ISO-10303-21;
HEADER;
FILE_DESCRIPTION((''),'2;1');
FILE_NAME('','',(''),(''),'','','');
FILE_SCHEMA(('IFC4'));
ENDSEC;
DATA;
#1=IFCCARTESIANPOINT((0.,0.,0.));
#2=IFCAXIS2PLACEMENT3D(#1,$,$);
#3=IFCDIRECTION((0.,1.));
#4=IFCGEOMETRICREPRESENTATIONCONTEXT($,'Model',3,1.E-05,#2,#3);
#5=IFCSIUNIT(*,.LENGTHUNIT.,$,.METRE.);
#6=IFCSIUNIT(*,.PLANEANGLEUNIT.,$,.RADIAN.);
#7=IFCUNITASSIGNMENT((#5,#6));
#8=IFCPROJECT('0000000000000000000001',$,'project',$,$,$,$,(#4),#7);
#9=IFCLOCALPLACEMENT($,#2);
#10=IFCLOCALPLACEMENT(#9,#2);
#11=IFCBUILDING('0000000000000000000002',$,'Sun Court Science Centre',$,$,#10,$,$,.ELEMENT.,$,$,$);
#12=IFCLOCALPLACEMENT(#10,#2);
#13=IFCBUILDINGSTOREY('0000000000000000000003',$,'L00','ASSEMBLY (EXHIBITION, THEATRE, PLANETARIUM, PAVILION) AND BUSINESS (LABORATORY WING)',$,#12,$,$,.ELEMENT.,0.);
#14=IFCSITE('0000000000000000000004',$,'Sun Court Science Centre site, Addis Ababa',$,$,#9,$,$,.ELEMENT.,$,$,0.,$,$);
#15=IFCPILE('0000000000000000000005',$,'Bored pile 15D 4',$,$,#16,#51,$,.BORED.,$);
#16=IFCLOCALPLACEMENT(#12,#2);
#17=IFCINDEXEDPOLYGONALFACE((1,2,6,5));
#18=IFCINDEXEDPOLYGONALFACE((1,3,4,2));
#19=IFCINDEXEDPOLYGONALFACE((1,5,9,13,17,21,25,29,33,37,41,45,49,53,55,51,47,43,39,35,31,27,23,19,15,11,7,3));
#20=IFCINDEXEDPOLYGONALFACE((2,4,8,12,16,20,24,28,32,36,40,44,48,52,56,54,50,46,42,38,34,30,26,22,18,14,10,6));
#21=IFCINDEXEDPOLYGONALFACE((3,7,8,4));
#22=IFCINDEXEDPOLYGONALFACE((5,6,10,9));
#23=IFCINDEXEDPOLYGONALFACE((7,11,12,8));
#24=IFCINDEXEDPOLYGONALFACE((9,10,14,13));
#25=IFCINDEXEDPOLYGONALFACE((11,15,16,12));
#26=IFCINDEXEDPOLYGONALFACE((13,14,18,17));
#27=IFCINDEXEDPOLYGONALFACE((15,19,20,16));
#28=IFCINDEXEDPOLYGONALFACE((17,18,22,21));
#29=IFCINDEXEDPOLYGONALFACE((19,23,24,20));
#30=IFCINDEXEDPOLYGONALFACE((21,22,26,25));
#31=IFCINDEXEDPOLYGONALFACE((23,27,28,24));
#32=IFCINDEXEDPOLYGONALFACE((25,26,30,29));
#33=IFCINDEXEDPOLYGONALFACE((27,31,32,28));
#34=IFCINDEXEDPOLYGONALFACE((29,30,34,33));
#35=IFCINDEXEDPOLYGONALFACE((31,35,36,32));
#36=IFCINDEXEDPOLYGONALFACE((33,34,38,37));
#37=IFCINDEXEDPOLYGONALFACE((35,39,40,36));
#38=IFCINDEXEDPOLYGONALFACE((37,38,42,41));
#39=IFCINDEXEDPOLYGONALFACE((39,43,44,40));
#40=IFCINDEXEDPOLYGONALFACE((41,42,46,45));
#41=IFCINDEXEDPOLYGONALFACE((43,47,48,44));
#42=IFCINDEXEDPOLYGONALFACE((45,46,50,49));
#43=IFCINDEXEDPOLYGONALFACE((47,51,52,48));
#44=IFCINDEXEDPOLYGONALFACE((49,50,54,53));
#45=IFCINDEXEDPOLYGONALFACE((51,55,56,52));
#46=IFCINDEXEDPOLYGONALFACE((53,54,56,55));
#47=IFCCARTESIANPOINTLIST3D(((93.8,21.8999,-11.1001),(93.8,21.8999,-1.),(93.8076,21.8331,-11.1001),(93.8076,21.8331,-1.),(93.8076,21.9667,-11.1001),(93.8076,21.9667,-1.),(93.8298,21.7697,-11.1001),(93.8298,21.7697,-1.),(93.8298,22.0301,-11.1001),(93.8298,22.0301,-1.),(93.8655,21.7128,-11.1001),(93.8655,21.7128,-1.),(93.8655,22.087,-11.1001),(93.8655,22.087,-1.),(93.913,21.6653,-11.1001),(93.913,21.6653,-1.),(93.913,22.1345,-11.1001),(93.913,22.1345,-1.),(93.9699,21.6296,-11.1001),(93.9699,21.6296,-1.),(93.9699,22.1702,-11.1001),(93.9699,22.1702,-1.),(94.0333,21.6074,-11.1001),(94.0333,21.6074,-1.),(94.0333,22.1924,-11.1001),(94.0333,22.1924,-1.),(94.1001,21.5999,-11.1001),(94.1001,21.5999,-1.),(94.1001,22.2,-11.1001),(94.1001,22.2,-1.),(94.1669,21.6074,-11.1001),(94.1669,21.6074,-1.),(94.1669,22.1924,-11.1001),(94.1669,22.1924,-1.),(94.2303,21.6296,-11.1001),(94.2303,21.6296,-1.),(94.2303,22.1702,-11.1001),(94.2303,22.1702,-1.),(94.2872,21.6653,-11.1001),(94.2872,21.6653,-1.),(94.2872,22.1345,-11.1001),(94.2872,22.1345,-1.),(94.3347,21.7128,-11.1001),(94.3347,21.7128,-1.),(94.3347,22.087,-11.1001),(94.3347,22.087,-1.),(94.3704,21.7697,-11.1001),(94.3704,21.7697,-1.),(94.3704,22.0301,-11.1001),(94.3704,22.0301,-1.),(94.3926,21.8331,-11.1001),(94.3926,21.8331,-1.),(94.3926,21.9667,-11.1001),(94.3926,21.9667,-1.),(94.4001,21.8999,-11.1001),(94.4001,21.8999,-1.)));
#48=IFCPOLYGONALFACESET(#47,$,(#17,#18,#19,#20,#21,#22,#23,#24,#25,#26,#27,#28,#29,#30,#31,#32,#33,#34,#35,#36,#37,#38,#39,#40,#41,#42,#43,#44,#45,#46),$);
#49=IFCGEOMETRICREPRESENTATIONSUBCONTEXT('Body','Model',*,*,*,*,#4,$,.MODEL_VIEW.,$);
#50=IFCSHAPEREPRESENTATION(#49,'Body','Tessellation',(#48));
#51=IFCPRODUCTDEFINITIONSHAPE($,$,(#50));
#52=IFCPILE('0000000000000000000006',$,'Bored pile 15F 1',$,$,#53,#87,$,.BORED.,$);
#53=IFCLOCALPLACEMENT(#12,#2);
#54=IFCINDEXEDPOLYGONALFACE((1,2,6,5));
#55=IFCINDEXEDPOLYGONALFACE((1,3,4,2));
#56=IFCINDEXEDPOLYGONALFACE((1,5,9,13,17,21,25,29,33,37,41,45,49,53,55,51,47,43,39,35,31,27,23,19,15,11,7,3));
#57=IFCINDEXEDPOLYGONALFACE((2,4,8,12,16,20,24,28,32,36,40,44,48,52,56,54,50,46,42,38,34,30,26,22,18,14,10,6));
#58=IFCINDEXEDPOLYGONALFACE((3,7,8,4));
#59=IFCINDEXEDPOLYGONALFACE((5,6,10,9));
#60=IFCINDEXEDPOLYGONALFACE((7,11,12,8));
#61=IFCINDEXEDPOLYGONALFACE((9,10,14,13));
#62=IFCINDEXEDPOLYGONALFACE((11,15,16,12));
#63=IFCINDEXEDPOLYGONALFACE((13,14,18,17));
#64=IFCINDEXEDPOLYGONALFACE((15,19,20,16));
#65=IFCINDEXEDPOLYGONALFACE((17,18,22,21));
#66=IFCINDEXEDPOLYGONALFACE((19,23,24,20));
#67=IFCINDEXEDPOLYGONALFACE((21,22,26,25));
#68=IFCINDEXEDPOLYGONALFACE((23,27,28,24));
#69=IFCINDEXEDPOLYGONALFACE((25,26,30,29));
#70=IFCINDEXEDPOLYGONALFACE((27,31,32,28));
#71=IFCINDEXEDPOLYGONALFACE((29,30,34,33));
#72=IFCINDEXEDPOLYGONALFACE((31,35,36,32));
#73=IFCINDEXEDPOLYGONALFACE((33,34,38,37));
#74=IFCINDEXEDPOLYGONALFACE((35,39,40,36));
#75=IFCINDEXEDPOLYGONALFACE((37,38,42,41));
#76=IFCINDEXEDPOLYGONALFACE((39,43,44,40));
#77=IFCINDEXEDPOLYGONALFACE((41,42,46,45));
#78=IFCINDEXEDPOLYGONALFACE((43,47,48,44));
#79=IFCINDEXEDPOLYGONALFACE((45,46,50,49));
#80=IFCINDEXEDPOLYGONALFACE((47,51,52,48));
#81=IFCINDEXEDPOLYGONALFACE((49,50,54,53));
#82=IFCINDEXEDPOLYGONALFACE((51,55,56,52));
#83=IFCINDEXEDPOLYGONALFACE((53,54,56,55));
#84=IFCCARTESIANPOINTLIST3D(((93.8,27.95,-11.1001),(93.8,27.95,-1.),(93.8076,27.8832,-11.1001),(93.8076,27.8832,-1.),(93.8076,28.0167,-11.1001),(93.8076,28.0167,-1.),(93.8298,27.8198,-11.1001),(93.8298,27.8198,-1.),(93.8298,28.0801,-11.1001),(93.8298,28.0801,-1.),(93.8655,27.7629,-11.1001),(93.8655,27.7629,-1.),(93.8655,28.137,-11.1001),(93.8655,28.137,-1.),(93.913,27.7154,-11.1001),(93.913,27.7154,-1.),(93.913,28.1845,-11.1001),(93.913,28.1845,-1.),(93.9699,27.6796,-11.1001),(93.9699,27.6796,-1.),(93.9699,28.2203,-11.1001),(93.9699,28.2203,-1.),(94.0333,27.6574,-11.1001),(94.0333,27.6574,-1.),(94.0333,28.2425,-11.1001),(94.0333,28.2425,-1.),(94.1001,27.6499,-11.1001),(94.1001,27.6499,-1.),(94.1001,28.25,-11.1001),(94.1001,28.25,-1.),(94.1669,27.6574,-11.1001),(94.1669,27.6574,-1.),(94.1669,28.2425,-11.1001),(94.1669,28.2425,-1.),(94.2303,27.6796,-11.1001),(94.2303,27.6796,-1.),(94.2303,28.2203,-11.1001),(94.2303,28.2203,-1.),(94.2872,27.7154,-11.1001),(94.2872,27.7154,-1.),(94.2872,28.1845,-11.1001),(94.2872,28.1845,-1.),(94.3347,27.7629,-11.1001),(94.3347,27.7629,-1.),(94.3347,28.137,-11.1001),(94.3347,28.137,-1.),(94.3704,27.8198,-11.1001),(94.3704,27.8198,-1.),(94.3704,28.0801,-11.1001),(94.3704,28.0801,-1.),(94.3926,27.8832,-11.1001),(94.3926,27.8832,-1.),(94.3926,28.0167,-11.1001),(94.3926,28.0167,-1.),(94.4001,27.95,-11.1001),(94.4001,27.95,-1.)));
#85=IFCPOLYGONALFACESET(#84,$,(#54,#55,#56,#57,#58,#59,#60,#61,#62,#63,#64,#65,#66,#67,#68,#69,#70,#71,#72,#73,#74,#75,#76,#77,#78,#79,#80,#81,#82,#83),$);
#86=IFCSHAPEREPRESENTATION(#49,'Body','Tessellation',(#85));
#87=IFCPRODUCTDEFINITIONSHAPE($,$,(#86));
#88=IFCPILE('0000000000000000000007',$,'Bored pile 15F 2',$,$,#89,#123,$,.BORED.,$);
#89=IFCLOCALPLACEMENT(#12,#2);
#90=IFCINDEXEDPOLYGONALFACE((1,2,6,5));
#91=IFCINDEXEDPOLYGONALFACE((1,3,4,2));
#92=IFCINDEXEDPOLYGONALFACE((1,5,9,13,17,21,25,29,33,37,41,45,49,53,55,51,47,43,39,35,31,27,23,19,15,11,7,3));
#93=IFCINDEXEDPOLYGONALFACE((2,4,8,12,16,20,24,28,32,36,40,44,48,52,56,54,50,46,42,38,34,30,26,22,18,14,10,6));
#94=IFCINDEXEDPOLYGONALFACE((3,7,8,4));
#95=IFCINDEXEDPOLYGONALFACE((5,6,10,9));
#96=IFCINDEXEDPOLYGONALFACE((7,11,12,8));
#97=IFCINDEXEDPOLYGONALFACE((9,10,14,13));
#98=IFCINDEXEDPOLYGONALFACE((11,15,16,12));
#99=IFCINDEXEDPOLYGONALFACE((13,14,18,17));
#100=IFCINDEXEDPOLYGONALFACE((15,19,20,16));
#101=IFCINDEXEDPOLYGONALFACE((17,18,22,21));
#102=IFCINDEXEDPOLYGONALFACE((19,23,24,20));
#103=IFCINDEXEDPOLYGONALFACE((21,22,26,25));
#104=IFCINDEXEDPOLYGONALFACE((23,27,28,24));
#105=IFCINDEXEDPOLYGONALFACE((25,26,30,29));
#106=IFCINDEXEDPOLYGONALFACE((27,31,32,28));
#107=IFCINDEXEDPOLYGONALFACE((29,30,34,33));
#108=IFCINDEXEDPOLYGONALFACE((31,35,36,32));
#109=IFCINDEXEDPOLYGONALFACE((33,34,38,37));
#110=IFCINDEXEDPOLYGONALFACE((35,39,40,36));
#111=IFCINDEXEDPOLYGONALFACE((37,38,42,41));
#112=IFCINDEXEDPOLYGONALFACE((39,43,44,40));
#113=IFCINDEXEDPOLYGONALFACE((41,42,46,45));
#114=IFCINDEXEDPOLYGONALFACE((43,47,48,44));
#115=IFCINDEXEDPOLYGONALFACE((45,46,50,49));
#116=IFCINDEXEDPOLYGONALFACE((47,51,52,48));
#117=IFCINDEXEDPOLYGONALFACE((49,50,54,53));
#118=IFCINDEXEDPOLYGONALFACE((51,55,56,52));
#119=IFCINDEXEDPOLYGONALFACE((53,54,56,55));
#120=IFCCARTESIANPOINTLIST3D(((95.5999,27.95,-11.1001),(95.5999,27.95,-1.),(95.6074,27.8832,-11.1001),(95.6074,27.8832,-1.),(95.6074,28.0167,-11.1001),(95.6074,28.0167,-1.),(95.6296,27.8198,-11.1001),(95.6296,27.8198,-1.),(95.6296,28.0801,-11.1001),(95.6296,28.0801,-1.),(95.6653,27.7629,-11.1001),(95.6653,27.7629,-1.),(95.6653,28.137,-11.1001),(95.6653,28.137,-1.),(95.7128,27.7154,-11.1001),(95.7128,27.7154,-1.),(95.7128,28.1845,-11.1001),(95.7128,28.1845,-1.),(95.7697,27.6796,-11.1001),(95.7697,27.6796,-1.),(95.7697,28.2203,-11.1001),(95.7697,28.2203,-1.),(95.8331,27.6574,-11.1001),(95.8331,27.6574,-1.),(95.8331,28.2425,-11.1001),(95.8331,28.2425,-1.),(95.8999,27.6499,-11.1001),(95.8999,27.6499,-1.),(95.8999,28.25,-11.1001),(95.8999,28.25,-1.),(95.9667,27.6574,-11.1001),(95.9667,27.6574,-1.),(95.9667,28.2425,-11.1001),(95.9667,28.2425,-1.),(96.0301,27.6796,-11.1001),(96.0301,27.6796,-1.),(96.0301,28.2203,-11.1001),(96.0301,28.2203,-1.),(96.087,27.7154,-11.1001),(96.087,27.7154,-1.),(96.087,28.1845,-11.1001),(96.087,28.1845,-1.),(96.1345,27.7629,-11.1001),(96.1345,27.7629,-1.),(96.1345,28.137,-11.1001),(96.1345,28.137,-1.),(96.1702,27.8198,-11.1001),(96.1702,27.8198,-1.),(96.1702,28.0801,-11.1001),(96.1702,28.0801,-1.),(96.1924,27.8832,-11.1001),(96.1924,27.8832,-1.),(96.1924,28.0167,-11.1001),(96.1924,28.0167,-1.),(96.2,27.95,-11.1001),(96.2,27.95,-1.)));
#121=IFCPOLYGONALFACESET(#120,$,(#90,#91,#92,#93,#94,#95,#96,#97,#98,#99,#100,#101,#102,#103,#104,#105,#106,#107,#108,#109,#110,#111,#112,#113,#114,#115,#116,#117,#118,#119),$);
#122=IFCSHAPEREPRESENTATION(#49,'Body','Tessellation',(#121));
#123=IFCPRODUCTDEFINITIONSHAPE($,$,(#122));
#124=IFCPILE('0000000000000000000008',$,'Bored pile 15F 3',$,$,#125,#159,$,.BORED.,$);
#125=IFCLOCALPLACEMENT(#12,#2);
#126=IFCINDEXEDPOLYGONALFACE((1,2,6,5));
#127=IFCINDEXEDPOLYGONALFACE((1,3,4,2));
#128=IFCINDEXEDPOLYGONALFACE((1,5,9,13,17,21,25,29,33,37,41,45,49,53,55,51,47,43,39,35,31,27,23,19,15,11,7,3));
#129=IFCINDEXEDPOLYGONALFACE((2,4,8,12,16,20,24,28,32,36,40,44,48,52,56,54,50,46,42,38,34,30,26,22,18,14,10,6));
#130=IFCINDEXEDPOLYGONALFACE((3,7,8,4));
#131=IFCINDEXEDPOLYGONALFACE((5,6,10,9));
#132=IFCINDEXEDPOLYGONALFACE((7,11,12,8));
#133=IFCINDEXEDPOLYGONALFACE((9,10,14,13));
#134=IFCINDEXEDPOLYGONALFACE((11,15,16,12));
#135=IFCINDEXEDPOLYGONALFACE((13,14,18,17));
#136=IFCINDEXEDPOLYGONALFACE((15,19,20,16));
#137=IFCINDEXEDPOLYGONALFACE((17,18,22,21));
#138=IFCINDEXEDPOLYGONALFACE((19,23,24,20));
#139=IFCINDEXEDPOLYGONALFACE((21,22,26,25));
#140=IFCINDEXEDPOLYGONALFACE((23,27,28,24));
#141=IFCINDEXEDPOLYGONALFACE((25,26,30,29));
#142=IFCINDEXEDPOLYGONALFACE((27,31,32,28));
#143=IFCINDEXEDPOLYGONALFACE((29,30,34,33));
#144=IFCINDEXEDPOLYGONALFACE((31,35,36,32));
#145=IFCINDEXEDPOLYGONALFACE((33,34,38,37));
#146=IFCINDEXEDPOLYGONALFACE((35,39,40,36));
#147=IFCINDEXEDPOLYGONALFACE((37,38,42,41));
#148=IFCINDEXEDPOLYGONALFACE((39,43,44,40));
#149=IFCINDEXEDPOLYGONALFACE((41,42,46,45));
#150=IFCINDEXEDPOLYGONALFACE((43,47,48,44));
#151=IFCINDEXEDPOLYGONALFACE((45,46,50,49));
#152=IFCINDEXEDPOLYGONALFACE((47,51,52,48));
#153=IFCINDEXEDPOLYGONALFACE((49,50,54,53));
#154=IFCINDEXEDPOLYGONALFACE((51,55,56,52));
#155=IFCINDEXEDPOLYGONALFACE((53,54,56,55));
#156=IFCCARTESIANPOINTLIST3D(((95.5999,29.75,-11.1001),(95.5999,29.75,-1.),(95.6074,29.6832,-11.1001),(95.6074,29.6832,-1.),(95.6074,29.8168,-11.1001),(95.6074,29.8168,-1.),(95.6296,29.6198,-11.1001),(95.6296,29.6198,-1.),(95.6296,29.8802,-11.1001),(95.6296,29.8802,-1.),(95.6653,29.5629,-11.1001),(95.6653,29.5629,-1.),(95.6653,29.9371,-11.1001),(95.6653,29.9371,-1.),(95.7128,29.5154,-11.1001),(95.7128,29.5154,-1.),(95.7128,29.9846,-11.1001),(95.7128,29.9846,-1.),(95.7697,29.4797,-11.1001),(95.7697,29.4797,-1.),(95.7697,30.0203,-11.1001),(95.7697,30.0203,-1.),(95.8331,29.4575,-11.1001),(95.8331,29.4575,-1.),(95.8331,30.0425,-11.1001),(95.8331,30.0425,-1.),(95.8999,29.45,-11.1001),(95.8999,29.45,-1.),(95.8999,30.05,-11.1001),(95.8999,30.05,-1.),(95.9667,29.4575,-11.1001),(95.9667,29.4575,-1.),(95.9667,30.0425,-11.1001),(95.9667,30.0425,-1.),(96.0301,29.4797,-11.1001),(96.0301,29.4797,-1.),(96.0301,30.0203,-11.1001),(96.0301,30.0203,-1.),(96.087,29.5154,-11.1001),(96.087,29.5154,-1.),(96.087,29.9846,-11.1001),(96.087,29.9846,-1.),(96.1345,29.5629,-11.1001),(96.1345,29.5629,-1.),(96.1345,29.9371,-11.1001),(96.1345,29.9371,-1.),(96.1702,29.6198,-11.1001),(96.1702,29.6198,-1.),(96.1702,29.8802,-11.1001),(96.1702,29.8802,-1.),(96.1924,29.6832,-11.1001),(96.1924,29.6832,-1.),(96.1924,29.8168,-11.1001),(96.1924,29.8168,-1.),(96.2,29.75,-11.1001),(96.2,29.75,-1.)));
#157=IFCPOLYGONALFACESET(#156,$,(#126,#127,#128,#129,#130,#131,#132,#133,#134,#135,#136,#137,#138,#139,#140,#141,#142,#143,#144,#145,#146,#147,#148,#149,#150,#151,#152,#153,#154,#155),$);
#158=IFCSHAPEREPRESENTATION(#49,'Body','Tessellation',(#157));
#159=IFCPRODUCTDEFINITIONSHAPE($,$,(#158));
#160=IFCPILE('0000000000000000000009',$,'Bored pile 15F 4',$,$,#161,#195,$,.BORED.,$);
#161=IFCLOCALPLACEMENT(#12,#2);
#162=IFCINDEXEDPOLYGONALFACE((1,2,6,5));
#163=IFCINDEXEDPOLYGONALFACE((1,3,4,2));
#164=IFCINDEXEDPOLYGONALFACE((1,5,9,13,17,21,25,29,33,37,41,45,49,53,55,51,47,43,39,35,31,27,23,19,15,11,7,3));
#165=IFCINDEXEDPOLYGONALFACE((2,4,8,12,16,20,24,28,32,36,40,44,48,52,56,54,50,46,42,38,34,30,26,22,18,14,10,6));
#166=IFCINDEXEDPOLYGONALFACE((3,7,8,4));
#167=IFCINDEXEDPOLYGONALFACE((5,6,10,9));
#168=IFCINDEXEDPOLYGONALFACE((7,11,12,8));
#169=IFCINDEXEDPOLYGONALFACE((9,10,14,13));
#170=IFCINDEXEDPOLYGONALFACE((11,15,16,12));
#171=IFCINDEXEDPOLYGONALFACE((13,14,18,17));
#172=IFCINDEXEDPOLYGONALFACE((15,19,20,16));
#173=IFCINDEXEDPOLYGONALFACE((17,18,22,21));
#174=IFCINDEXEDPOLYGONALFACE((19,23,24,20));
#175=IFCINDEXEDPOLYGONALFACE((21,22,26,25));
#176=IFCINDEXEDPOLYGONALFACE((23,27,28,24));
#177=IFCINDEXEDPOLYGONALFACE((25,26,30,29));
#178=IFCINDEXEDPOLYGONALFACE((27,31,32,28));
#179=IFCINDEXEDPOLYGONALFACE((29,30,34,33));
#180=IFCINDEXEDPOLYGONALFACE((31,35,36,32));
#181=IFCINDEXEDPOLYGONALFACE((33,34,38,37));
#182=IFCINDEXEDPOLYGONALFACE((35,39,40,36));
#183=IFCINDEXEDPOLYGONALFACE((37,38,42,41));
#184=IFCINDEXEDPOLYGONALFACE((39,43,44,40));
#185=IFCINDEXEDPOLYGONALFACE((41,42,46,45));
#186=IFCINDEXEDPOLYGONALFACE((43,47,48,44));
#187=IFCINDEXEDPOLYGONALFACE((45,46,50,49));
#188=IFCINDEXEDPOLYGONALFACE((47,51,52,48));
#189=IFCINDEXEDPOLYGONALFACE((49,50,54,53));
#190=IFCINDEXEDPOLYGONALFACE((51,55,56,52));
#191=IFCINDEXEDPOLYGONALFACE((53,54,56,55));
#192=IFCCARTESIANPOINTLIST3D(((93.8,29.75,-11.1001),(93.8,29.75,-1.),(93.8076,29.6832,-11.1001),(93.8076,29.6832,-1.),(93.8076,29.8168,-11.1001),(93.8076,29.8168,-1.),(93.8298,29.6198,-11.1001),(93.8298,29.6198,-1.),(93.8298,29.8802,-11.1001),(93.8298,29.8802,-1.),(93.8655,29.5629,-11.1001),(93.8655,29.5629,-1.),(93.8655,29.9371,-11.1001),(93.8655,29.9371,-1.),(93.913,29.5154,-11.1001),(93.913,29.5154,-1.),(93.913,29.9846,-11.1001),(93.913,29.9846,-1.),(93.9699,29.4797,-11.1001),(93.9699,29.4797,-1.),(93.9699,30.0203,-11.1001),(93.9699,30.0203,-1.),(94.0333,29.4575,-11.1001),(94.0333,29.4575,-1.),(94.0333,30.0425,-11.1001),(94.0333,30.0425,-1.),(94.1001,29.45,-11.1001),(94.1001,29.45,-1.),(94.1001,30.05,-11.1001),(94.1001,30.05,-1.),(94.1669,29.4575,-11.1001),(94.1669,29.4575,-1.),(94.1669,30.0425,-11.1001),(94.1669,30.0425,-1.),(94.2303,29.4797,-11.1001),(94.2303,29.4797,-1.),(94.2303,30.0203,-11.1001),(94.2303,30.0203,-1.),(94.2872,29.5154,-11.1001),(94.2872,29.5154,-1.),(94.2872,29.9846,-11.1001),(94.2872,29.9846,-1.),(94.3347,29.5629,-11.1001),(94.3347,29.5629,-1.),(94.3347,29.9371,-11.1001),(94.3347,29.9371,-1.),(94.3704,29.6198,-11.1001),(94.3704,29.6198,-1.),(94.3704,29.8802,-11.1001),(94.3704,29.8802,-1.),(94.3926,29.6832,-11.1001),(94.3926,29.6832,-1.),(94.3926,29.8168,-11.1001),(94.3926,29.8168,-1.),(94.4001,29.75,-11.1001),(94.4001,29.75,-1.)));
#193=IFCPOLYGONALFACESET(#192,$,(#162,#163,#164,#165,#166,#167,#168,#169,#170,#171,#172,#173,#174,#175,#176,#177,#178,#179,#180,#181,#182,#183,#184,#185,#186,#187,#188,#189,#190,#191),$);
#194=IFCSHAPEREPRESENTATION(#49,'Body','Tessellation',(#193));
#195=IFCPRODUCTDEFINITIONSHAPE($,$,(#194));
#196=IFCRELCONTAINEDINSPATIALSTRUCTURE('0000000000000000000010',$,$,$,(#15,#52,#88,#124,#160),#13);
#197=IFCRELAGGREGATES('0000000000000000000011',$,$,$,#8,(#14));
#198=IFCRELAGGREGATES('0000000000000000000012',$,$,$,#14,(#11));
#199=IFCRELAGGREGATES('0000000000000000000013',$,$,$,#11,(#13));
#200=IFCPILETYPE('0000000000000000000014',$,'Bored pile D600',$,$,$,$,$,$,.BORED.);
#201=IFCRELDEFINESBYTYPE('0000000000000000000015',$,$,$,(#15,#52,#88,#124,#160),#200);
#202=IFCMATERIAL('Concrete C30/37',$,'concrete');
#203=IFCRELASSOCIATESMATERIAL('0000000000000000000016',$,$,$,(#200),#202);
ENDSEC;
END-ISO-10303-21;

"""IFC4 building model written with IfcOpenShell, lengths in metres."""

from ifc_helpers import new_model, si_unit, direction, frame, origin, origin_2d, place, context, subcontext, project, spatial, circle, extrude, material, material_profile, profile_set, type_object, element, save


model = new_model("IFC4")

# Units and contexts
model_context = context("Model", 3, precision=1e-05, world=origin(), true_north=direction((0.0, 1.0)))
body_context = subcontext(model_context, "Body", "Model", "MODEL_VIEW")
ifc_project = project(units=[si_unit("LENGTHUNIT", "METRE"), si_unit("PLANEANGLEUNIT", "RADIAN")], contexts=[model_context])

# Site, building, storey
site_placement = place(None, origin())
site = spatial("IfcSite", under=ifc_project, at=site_placement, Name="Sun Court Science Centre site, Addis Ababa", CompositionType="ELEMENT", RefElevation=0.0)
building_placement = place(site_placement, origin())
building = spatial("IfcBuilding", under=site, at=building_placement, Name="Sun Court Science Centre", CompositionType="ELEMENT")
storey_placement = place(building_placement, origin())
storey = spatial("IfcBuildingStorey", under=building, at=storey_placement, Name="L00", Description="ASSEMBLY (EXHIBITION, THEATRE, PLANETARIUM, PAVILION) AND BUSINESS (LABORATORY WING)", CompositionType="ELEMENT", Elevation=0.0)

# Piles
ifc_material_1 = material(Name="Concrete C30/37", Category="concrete")
ifc_material_profile_1 = material_profile(ifc_material_1, circle(Radius=0.3, at=origin_2d()), Name="RC D600")
ifc_profile_set_1 = profile_set([ifc_material_profile_1], Name="Concrete C30/37")
pile_type = type_object("IfcPileType", Name="Bored pile D600", PredefinedType="BORED", material=ifc_profile_set_1)
for number, where, z_axis, x_axis, name in (
    (1, (94.1001, 21.8999, -1.0), (0.0, 0.0, -1.0), (1.0, 0.0, 0.0), "Bored pile 15D 4"),
    (2, (94.1001, 27.95, -1.0), (0.0, 0.0, -1.0), (1.0, 0.0, 0.0), "Bored pile 15F 1"),
    (3, (95.8999, 27.95, -1.0), (0.0, 0.0, -1.0), (1.0, 0.0, 0.0), "Bored pile 15F 2"),
    (4, (95.8999, 29.75, -1.0), (0.0, 0.0, -1.0), (1.0, 0.0, 0.0), "Bored pile 15F 3"),
    (5, (94.1001, 29.75, -1.0), (0.0, 0.0, -1.0), (1.0, 0.0, 0.0), "Bored pile 15F 4"),
):
    element("IfcPile", number, at=place(storey_placement, frame(where, z_axis=z_axis, x_axis=x_axis)), inside=storey, type_object=pile_type, Name=name, PredefinedType="BORED", context=body_context, shape_type="SweptSolid", body=[
        extrude(circle(Radius=0.3, at=origin_2d()), origin(), (0.0, 0.0, 1.0), 10.1001),
    ])

save(model, "model.ifc")
